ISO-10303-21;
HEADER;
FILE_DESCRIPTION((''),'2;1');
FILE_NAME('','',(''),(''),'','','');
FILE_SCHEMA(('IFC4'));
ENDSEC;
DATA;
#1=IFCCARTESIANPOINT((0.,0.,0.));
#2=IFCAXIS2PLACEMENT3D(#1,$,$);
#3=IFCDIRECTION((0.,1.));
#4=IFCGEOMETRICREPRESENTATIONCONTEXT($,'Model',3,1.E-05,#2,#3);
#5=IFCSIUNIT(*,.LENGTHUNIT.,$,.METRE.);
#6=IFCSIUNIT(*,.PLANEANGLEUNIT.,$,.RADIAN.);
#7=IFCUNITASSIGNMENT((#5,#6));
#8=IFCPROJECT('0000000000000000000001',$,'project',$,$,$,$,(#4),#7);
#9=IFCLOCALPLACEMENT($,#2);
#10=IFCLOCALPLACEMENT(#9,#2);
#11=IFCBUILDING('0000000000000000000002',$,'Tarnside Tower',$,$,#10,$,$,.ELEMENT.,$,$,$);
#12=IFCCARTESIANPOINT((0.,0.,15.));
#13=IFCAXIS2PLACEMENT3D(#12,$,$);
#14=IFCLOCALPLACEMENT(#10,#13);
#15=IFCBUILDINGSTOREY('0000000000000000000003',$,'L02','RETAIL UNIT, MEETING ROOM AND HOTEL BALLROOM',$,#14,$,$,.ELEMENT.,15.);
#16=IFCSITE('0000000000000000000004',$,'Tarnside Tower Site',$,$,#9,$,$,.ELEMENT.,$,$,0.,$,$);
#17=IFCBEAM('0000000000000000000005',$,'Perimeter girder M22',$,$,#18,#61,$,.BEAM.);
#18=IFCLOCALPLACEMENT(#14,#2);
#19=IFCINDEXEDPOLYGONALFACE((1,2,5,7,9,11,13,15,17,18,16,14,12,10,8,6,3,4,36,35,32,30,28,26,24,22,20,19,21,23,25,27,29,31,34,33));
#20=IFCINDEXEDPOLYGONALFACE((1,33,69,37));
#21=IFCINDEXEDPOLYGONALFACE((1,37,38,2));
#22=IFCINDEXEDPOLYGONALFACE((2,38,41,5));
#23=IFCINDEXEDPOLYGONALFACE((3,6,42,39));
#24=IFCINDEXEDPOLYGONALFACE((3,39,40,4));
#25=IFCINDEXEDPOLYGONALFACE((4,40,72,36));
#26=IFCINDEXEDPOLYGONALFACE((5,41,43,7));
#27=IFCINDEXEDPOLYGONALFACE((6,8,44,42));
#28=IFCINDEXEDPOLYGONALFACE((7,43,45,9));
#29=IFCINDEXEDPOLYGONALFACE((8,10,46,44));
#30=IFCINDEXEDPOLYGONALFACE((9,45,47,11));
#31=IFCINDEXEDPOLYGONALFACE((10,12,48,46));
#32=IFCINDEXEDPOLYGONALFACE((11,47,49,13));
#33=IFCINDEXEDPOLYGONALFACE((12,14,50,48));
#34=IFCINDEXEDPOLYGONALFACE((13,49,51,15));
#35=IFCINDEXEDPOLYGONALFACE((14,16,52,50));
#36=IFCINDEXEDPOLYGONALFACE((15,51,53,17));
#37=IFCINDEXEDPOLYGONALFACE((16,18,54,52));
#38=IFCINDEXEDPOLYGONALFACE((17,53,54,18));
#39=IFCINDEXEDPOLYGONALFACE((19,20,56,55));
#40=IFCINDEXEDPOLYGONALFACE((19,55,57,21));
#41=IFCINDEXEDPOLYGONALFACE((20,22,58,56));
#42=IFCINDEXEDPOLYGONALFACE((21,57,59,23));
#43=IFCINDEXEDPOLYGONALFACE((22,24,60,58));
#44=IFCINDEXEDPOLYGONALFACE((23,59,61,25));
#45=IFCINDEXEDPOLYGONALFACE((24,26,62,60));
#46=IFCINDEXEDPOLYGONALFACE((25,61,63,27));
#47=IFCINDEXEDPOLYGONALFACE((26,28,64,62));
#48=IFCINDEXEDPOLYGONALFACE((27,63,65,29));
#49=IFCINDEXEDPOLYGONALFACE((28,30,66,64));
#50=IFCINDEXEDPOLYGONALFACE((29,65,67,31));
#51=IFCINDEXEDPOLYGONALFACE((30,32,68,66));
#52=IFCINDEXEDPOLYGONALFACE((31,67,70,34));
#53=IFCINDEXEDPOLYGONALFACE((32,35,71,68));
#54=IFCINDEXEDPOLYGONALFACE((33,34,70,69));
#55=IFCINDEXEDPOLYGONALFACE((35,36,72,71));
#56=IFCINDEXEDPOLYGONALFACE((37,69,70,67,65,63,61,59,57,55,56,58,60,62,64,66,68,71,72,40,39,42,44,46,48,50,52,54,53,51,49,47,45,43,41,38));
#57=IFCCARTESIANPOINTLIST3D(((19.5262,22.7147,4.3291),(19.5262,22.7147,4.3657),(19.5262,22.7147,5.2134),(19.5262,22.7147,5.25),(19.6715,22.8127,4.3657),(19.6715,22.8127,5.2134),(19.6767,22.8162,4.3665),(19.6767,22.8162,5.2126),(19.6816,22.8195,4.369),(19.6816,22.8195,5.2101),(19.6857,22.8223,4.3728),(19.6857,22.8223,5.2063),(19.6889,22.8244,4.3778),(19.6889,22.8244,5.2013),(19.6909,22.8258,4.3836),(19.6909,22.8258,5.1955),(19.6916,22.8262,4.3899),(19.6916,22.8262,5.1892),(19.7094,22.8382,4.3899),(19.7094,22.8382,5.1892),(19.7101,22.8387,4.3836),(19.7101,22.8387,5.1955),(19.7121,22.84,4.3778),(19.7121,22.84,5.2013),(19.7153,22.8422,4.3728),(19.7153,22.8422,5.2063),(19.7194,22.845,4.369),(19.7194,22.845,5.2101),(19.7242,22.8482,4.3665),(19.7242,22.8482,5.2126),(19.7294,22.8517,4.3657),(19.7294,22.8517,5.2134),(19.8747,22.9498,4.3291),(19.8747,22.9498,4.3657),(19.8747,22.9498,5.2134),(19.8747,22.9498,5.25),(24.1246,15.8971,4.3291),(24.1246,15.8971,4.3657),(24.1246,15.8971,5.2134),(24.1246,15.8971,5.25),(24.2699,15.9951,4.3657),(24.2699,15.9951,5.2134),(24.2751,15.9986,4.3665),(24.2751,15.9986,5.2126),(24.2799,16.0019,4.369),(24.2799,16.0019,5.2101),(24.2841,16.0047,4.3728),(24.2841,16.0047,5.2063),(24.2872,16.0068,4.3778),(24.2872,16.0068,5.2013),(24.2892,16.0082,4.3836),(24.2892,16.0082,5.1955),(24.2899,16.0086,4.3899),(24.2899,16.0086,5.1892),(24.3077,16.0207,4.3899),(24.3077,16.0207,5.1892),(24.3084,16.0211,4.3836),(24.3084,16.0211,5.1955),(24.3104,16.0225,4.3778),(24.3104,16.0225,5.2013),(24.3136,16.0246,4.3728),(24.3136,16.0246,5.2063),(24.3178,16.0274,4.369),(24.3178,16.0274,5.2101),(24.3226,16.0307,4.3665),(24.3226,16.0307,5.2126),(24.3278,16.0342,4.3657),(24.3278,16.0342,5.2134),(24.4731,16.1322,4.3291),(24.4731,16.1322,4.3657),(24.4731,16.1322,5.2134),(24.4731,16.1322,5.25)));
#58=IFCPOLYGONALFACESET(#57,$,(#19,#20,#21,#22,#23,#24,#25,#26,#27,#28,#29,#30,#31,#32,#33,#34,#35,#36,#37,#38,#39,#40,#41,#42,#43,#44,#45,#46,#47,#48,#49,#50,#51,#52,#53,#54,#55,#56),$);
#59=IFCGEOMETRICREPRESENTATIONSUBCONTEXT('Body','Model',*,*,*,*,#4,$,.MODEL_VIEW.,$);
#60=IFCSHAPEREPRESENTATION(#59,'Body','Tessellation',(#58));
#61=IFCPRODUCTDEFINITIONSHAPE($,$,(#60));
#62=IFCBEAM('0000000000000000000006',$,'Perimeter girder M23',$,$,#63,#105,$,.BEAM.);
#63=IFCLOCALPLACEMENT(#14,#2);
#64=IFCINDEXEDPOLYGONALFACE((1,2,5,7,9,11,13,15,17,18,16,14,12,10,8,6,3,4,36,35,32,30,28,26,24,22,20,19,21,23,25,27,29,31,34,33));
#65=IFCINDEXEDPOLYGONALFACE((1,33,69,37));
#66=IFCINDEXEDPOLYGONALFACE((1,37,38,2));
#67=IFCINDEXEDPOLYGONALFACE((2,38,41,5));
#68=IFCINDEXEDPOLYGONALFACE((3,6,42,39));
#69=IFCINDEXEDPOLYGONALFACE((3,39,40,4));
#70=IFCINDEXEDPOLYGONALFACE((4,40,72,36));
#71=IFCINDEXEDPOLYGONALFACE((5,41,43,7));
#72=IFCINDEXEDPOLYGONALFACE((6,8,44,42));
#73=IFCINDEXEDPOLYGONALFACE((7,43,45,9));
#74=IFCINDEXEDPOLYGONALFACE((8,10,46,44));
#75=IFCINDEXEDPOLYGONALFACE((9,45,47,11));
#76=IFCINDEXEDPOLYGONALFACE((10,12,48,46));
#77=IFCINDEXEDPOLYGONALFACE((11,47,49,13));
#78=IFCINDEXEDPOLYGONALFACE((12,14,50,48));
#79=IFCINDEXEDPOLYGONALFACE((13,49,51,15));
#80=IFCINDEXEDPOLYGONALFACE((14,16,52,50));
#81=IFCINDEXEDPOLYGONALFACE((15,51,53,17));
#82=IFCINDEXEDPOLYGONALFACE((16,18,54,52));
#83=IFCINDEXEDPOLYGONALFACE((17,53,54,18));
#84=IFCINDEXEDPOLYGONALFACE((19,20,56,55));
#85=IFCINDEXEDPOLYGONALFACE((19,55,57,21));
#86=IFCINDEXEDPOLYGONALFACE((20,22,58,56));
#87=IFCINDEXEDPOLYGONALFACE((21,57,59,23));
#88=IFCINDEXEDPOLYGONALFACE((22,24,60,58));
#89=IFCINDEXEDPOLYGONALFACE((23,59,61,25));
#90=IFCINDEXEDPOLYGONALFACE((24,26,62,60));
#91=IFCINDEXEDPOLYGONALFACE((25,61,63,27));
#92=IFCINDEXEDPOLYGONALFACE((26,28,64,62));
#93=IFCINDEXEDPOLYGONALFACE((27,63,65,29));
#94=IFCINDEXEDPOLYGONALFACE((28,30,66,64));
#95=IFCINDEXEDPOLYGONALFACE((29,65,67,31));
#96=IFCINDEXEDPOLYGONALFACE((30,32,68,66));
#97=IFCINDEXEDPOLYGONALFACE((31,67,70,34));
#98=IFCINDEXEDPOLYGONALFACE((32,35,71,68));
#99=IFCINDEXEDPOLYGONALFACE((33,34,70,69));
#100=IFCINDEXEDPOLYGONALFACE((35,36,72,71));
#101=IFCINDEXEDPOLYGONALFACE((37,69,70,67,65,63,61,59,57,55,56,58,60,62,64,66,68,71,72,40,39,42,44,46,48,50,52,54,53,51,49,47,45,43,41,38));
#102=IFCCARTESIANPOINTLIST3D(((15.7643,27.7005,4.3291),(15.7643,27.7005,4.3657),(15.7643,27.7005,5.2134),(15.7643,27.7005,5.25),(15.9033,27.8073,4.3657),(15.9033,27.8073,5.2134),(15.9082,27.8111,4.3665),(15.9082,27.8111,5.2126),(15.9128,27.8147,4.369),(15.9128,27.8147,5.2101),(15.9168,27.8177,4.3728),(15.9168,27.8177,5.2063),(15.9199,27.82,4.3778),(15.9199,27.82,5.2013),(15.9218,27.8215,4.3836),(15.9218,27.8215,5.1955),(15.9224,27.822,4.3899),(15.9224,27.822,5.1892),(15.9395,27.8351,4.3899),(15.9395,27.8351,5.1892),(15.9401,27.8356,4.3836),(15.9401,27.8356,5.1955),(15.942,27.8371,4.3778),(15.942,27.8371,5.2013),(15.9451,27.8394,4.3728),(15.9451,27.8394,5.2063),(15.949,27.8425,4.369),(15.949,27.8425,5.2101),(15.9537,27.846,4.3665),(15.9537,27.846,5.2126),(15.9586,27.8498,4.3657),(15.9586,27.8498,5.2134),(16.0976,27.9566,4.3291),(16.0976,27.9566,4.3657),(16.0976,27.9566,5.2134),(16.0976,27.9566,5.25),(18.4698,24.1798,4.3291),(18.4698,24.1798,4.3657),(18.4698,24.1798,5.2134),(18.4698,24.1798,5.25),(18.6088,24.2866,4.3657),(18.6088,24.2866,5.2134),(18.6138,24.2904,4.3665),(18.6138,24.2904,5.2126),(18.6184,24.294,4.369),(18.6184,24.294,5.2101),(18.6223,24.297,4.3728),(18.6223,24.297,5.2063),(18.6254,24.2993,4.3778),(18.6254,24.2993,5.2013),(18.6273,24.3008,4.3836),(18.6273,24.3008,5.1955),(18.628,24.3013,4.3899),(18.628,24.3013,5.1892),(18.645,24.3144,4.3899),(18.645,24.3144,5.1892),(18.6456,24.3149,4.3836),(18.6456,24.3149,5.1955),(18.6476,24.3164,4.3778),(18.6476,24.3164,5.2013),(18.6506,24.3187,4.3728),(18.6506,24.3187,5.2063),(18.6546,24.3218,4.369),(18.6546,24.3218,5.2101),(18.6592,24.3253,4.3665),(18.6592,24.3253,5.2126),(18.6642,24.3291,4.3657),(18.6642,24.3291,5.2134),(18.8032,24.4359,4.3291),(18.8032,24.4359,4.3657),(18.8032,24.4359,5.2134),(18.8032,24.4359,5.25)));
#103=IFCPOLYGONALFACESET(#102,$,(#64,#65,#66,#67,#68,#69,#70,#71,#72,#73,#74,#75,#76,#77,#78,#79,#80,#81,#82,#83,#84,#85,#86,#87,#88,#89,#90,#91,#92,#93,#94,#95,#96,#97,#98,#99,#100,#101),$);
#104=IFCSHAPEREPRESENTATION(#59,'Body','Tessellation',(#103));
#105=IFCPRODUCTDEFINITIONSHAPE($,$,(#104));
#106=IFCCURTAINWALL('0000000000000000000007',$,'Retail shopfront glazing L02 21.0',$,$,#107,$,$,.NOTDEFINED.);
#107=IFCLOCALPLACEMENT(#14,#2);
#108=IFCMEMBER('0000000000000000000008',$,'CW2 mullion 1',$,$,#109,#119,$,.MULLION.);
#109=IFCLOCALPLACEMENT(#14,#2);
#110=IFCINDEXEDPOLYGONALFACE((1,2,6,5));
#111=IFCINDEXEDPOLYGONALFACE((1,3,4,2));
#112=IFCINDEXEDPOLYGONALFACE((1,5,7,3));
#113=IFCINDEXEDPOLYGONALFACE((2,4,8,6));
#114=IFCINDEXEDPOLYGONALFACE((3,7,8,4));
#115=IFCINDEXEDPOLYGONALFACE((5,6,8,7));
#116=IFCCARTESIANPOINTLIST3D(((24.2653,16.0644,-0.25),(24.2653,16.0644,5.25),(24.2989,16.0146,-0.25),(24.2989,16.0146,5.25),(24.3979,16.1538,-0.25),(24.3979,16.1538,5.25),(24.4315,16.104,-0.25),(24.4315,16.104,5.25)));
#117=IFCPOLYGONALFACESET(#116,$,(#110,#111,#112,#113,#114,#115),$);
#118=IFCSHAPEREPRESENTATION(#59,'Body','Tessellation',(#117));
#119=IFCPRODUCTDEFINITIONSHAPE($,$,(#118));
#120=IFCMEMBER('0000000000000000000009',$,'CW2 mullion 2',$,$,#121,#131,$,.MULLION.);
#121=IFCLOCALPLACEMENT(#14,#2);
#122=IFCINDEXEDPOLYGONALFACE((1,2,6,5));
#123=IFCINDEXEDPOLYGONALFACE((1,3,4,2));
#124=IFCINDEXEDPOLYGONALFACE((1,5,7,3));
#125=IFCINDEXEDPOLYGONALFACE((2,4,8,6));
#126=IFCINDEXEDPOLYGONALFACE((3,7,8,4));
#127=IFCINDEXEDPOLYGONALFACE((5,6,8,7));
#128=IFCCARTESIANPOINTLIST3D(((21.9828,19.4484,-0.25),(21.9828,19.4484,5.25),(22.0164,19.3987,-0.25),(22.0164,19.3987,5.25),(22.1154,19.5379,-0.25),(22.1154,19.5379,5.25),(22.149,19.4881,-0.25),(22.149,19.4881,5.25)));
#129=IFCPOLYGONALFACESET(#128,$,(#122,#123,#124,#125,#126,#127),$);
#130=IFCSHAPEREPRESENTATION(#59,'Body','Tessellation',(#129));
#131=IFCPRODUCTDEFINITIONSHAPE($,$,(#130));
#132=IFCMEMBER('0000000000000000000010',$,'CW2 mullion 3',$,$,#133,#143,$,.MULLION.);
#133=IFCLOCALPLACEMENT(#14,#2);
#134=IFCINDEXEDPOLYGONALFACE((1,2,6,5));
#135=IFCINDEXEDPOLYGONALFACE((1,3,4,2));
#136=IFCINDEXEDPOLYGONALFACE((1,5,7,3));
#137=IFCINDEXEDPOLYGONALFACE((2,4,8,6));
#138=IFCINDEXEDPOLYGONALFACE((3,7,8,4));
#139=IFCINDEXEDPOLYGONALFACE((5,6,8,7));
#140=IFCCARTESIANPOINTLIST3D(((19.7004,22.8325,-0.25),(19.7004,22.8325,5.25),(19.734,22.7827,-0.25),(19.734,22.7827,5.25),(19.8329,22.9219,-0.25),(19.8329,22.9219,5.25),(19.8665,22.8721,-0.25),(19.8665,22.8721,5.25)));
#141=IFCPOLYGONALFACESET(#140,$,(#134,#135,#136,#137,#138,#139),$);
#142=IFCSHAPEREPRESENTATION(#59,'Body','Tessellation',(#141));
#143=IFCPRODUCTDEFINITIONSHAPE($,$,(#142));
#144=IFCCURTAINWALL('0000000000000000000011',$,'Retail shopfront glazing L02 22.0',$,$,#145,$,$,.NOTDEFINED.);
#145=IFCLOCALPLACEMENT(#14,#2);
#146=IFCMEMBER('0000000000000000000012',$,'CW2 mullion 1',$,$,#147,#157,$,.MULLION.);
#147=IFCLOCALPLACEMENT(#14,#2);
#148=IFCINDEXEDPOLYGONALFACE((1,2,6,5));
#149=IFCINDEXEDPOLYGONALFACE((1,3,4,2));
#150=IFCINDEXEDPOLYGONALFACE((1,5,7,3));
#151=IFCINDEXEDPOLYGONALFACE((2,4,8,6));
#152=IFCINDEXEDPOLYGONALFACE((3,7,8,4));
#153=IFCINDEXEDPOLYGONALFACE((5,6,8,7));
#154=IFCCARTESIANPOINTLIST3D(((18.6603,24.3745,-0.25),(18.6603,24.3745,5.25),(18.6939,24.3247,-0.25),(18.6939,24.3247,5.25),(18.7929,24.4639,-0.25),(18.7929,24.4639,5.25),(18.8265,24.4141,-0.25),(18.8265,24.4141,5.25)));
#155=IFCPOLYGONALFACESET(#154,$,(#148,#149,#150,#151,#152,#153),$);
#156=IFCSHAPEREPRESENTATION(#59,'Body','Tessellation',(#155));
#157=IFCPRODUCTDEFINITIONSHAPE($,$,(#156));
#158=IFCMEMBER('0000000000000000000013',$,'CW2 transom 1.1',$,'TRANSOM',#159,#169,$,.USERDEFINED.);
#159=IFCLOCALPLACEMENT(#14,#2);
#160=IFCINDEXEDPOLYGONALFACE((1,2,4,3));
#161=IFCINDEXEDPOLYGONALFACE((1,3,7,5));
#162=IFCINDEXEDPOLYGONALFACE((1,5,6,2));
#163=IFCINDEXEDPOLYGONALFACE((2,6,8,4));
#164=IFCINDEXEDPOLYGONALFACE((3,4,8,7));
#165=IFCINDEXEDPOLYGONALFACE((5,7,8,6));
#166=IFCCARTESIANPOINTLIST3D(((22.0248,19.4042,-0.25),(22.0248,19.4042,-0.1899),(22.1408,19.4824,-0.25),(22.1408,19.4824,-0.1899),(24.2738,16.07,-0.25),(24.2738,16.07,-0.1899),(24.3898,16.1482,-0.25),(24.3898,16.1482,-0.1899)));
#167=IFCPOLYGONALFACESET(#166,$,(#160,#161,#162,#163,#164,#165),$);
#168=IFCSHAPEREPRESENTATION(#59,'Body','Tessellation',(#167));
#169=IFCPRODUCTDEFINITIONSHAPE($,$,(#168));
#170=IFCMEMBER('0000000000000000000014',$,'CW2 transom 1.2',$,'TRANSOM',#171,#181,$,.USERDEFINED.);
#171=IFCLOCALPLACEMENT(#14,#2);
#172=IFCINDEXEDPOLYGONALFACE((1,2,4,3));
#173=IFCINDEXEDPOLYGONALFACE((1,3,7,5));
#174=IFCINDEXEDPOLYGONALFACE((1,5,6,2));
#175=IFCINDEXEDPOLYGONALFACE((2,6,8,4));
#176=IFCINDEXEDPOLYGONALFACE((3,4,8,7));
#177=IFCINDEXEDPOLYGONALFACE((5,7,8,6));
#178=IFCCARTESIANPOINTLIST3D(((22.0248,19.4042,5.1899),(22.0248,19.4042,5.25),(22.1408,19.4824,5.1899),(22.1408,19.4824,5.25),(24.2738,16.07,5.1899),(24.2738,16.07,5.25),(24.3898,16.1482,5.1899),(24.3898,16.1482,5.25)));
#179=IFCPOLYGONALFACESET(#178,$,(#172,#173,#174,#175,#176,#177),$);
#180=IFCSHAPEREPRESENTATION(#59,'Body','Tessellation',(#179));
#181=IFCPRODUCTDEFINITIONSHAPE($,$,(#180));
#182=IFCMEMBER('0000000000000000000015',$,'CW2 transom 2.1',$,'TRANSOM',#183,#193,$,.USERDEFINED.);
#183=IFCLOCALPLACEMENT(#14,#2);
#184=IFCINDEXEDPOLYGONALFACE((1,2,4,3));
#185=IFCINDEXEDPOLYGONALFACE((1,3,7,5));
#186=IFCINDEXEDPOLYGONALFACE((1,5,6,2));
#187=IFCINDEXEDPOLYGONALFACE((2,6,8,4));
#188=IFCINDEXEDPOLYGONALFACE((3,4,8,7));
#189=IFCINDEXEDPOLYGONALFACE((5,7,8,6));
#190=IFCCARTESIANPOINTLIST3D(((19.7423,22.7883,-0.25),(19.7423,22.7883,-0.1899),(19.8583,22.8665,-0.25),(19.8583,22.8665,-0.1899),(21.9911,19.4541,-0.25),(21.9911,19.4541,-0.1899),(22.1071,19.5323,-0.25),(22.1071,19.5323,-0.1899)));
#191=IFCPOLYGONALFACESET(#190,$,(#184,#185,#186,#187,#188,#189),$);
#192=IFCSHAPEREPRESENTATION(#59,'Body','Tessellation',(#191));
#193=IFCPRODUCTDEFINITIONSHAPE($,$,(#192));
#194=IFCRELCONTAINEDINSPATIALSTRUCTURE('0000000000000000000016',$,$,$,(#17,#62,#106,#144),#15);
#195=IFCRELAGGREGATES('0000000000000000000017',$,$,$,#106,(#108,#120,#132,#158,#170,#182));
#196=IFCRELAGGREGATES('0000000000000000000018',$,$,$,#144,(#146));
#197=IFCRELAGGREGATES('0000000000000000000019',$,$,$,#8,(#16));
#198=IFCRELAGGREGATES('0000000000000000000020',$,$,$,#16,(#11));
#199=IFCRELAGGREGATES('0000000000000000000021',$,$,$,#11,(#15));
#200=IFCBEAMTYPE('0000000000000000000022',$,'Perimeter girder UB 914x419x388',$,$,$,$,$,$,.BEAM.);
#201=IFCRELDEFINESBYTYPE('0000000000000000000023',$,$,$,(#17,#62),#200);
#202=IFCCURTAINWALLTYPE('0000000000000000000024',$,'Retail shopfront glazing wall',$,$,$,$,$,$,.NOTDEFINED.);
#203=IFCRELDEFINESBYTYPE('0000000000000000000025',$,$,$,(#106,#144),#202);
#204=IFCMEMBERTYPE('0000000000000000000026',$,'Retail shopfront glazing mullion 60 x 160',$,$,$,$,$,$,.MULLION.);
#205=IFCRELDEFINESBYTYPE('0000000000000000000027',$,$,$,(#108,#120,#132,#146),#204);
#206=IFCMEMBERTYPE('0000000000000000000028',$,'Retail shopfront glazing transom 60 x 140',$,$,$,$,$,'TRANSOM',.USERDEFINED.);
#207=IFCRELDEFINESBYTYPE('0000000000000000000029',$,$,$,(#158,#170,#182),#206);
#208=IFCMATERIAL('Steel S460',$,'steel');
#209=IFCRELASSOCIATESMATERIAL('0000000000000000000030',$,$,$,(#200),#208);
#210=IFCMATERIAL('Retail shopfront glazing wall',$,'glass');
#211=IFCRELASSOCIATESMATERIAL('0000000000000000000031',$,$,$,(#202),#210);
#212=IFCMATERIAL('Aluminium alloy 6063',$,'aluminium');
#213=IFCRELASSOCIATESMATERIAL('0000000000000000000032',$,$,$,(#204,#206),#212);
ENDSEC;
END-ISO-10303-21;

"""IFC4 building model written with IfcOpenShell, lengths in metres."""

from ifc_helpers import new_model, si_unit, direction, frame, origin, origin_2d, place, context, subcontext, project, spatial, rectangle, i_section, extrude, material, material_profile, profile_set, type_object, element, aggregate, save


model = new_model("IFC4")

# Units and contexts
model_context = context("Model", 3, precision=1e-05, world=origin(), true_north=direction((0.0, 1.0)))
body_context = subcontext(model_context, "Body", "Model", "MODEL_VIEW")
ifc_project = project(units=[si_unit("LENGTHUNIT", "METRE"), si_unit("PLANEANGLEUNIT", "RADIAN")], contexts=[model_context])

# Site, building, storey
site_placement = place(None, origin())
site = spatial("IfcSite", under=ifc_project, at=site_placement, Name="Tarnside Tower Site", CompositionType="ELEMENT", RefElevation=0.0)
building_placement = place(site_placement, origin())
building = spatial("IfcBuilding", under=site, at=building_placement, Name="Tarnside Tower", CompositionType="ELEMENT")
storey_placement = place(building_placement, frame((0.0, 0.0, 15.0)))
storey = spatial("IfcBuildingStorey", under=building, at=storey_placement, Name="L02", Description="RETAIL UNIT, MEETING ROOM AND HOTEL BALLROOM", CompositionType="ELEMENT", Elevation=15.0)

# Shared definitions
ifc_material_1 = material(Name="Steel S460", Category="steel")

# Shared definitions
ifc_material_2 = material(Name="Aluminium alloy 6063", Category="aluminium")

# Beams
ifc_material_profile_1 = material_profile(ifc_material_1, i_section(OverallWidth=0.4204, OverallDepth=0.9209, WebThickness=0.0215, FlangeThickness=0.0366, FilletRadius=0.0242, at=origin_2d()), Name="UB 914x419x388")
ifc_profile_set_1 = profile_set([ifc_material_profile_1], Name="Steel S460")
beam_type_1 = type_object("IfcBeamType", Name="Perimeter girder UB 914x419x388", PredefinedType="BEAM", material=ifc_profile_set_1)
beam_1_placement = place(storey_placement, frame((24.2988, 16.0146, 4.7896), z_axis=(-0.55918, 0.829047, 0.0), x_axis=(-0.829047, -0.55918, 0.0)))
element("IfcBeam", 1, at=beam_1_placement, inside=storey, type_object=beam_type_1, Name="Perimeter girder M22", PredefinedType="BEAM", context=body_context, shape_type="SweptSolid", body=[
    extrude(i_section(OverallWidth=0.4204, OverallDepth=0.9209, WebThickness=0.0215, FlangeThickness=0.0366, FilletRadius=0.0242, at=origin_2d()), origin(), (0.0, 0.0, 1.0), 8.2234),
])
beam_2_placement = place(storey_placement, frame((18.6365, 24.3079, 4.7896), z_axis=(-0.609328, 0.792918, 0.0), x_axis=(-0.792918, -0.609328, 0.0)))
element("IfcBeam", 2, at=beam_2_placement, inside=storey, type_object=beam_type_1, Name="Perimeter girder M23", PredefinedType="BEAM", context=body_context, shape_type="SweptSolid", body=[
    extrude(i_section(OverallWidth=0.4204, OverallDepth=0.9209, WebThickness=0.0215, FlangeThickness=0.0366, FilletRadius=0.0242, at=origin_2d()), origin(), (0.0, 0.0, 1.0), 4.4402),
])

# Curtain wall, members
ifc_material_3 = material(Name="Retail shopfront glazing wall", Category="glass")
curtain_wall_type_1 = type_object("IfcCurtainWallType", Name="Retail shopfront glazing wall", PredefinedType="NOTDEFINED", material=ifc_material_3)
curtain_wall_1_placement = place(storey_placement, origin())
curtain_wall_1 = element("IfcCurtainWall", 3, at=curtain_wall_1_placement, inside=storey, type_object=curtain_wall_type_1, Name="Retail shopfront glazing L02 21.0", PredefinedType="NOTDEFINED")
ifc_material_profile_2 = material_profile(ifc_material_2, rectangle(XDim=0.1599, YDim=0.0601, at=origin_2d()), Name="Retail shopfront glazing mullion 60 x 160")
ifc_profile_set_2 = profile_set([ifc_material_profile_2], Name="Aluminium alloy 6063")
member_type_1 = type_object("IfcMemberType", Name="Retail shopfront glazing mullion 60 x 160", PredefinedType="MULLION", material=ifc_profile_set_2)
member_1_placement = place(storey_placement, frame((24.3484, 16.0842, -0.25), z_axis=(0.0, 0.0, 1.0), x_axis=(-0.829038, -0.559193, 0.0)))
member_1 = element("IfcMember", 4, at=member_1_placement, type_object=member_type_1, Name="CW2 mullion 1", PredefinedType="MULLION", context=body_context, shape_type="SweptSolid", body=[
    extrude(rectangle(XDim=0.1599, YDim=0.0601, at=origin_2d()), origin(), (0.0, 0.0, 1.0), 5.5),
])
member_2_placement = place(storey_placement, frame((22.0659, 19.4683, -0.25), z_axis=(0.0, 0.0, 1.0), x_axis=(-0.829038, -0.559193, 0.0)))
member_2 = element("IfcMember", 5, at=member_2_placement, type_object=member_type_1, Name="CW2 mullion 2", PredefinedType="MULLION", context=body_context, shape_type="SweptSolid", body=[
    extrude(rectangle(XDim=0.1599, YDim=0.0601, at=origin_2d()), origin(), (0.0, 0.0, 1.0), 5.5),
])
member_3_placement = place(storey_placement, frame((19.7834, 22.8523, -0.25), z_axis=(0.0, 0.0, 1.0), x_axis=(-0.829038, -0.559193, 0.0)))
member_3 = element("IfcMember", 6, at=member_3_placement, type_object=member_type_1, Name="CW2 mullion 3", PredefinedType="MULLION", context=body_context, shape_type="SweptSolid", body=[
    extrude(rectangle(XDim=0.1599, YDim=0.0601, at=origin_2d()), origin(), (0.0, 0.0, 1.0), 5.5),
])

# Curtain wall, member
curtain_wall_2_placement = place(storey_placement, origin())
curtain_wall_2 = element("IfcCurtainWall", 7, at=curtain_wall_2_placement, inside=storey, type_object=curtain_wall_type_1, Name="Retail shopfront glazing L02 22.0", PredefinedType="NOTDEFINED")
member_4_placement = place(storey_placement, frame((18.7434, 24.3943, -0.25), z_axis=(0.0, 0.0, 1.0), x_axis=(-0.829038, -0.559193, 0.0)))
member_4 = element("IfcMember", 8, at=member_4_placement, type_object=member_type_1, Name="CW2 mullion 1", PredefinedType="MULLION", context=body_context, shape_type="SweptSolid", body=[
    extrude(rectangle(XDim=0.1599, YDim=0.0601, at=origin_2d()), origin(), (0.0, 0.0, 1.0), 5.5),
])

# Members
ifc_material_profile_3 = material_profile(ifc_material_2, rectangle(XDim=0.1399, YDim=0.0601, at=origin_2d()), Name="Retail shopfront glazing transom 60 x 140")
ifc_profile_set_3 = profile_set([ifc_material_profile_3], Name="Aluminium alloy 6063")
member_type_2 = type_object("IfcMemberType", Name="Retail shopfront glazing transom 60 x 140", ElementType="TRANSOM", PredefinedType="USERDEFINED", material=ifc_profile_set_3)
member_5_placement = place(storey_placement, frame((24.3318, 16.1091, -0.22), z_axis=(-0.559203, 0.829031, 0.0), x_axis=(-0.829031, -0.559203, 0.0)))
member_5 = element("IfcMember", 9, at=member_5_placement, type_object=member_type_2, Name="CW2 transom 1.1", ObjectType="TRANSOM", PredefinedType="USERDEFINED", context=body_context, shape_type="SweptSolid", body=[
    extrude(rectangle(XDim=0.1399, YDim=0.0601, at=origin_2d()), origin(), (0.0, 0.0, 1.0), 4.0217),
])
member_6_placement = place(storey_placement, frame((24.3318, 16.1091, 5.22), z_axis=(-0.559203, 0.829031, 0.0), x_axis=(-0.829031, -0.559203, 0.0)))
member_6 = element("IfcMember", 10, at=member_6_placement, type_object=member_type_2, Name="CW2 transom 1.2", ObjectType="TRANSOM", PredefinedType="USERDEFINED", context=body_context, shape_type="SweptSolid", body=[
    extrude(rectangle(XDim=0.1399, YDim=0.0601, at=origin_2d()), origin(), (0.0, 0.0, 1.0), 4.0217),
])
member_7_placement = place(storey_placement, frame((22.0491, 19.4932, -0.22), z_axis=(-0.559161, 0.829059, 0.0), x_axis=(-0.829059, -0.559161, 0.0)))
member_7 = element("IfcMember", 11, at=member_7_placement, type_object=member_type_2, Name="CW2 transom 2.1", ObjectType="TRANSOM", PredefinedType="USERDEFINED", context=body_context, shape_type="SweptSolid", body=[
    extrude(rectangle(XDim=0.1399, YDim=0.0601, at=origin_2d()), origin(), (0.0, 0.0, 1.0), 4.0217),
])

aggregate(curtain_wall_1, [member_1, member_2, member_3, member_5, member_6, member_7])
aggregate(curtain_wall_2, [member_4])

save(model, "model.ifc")
